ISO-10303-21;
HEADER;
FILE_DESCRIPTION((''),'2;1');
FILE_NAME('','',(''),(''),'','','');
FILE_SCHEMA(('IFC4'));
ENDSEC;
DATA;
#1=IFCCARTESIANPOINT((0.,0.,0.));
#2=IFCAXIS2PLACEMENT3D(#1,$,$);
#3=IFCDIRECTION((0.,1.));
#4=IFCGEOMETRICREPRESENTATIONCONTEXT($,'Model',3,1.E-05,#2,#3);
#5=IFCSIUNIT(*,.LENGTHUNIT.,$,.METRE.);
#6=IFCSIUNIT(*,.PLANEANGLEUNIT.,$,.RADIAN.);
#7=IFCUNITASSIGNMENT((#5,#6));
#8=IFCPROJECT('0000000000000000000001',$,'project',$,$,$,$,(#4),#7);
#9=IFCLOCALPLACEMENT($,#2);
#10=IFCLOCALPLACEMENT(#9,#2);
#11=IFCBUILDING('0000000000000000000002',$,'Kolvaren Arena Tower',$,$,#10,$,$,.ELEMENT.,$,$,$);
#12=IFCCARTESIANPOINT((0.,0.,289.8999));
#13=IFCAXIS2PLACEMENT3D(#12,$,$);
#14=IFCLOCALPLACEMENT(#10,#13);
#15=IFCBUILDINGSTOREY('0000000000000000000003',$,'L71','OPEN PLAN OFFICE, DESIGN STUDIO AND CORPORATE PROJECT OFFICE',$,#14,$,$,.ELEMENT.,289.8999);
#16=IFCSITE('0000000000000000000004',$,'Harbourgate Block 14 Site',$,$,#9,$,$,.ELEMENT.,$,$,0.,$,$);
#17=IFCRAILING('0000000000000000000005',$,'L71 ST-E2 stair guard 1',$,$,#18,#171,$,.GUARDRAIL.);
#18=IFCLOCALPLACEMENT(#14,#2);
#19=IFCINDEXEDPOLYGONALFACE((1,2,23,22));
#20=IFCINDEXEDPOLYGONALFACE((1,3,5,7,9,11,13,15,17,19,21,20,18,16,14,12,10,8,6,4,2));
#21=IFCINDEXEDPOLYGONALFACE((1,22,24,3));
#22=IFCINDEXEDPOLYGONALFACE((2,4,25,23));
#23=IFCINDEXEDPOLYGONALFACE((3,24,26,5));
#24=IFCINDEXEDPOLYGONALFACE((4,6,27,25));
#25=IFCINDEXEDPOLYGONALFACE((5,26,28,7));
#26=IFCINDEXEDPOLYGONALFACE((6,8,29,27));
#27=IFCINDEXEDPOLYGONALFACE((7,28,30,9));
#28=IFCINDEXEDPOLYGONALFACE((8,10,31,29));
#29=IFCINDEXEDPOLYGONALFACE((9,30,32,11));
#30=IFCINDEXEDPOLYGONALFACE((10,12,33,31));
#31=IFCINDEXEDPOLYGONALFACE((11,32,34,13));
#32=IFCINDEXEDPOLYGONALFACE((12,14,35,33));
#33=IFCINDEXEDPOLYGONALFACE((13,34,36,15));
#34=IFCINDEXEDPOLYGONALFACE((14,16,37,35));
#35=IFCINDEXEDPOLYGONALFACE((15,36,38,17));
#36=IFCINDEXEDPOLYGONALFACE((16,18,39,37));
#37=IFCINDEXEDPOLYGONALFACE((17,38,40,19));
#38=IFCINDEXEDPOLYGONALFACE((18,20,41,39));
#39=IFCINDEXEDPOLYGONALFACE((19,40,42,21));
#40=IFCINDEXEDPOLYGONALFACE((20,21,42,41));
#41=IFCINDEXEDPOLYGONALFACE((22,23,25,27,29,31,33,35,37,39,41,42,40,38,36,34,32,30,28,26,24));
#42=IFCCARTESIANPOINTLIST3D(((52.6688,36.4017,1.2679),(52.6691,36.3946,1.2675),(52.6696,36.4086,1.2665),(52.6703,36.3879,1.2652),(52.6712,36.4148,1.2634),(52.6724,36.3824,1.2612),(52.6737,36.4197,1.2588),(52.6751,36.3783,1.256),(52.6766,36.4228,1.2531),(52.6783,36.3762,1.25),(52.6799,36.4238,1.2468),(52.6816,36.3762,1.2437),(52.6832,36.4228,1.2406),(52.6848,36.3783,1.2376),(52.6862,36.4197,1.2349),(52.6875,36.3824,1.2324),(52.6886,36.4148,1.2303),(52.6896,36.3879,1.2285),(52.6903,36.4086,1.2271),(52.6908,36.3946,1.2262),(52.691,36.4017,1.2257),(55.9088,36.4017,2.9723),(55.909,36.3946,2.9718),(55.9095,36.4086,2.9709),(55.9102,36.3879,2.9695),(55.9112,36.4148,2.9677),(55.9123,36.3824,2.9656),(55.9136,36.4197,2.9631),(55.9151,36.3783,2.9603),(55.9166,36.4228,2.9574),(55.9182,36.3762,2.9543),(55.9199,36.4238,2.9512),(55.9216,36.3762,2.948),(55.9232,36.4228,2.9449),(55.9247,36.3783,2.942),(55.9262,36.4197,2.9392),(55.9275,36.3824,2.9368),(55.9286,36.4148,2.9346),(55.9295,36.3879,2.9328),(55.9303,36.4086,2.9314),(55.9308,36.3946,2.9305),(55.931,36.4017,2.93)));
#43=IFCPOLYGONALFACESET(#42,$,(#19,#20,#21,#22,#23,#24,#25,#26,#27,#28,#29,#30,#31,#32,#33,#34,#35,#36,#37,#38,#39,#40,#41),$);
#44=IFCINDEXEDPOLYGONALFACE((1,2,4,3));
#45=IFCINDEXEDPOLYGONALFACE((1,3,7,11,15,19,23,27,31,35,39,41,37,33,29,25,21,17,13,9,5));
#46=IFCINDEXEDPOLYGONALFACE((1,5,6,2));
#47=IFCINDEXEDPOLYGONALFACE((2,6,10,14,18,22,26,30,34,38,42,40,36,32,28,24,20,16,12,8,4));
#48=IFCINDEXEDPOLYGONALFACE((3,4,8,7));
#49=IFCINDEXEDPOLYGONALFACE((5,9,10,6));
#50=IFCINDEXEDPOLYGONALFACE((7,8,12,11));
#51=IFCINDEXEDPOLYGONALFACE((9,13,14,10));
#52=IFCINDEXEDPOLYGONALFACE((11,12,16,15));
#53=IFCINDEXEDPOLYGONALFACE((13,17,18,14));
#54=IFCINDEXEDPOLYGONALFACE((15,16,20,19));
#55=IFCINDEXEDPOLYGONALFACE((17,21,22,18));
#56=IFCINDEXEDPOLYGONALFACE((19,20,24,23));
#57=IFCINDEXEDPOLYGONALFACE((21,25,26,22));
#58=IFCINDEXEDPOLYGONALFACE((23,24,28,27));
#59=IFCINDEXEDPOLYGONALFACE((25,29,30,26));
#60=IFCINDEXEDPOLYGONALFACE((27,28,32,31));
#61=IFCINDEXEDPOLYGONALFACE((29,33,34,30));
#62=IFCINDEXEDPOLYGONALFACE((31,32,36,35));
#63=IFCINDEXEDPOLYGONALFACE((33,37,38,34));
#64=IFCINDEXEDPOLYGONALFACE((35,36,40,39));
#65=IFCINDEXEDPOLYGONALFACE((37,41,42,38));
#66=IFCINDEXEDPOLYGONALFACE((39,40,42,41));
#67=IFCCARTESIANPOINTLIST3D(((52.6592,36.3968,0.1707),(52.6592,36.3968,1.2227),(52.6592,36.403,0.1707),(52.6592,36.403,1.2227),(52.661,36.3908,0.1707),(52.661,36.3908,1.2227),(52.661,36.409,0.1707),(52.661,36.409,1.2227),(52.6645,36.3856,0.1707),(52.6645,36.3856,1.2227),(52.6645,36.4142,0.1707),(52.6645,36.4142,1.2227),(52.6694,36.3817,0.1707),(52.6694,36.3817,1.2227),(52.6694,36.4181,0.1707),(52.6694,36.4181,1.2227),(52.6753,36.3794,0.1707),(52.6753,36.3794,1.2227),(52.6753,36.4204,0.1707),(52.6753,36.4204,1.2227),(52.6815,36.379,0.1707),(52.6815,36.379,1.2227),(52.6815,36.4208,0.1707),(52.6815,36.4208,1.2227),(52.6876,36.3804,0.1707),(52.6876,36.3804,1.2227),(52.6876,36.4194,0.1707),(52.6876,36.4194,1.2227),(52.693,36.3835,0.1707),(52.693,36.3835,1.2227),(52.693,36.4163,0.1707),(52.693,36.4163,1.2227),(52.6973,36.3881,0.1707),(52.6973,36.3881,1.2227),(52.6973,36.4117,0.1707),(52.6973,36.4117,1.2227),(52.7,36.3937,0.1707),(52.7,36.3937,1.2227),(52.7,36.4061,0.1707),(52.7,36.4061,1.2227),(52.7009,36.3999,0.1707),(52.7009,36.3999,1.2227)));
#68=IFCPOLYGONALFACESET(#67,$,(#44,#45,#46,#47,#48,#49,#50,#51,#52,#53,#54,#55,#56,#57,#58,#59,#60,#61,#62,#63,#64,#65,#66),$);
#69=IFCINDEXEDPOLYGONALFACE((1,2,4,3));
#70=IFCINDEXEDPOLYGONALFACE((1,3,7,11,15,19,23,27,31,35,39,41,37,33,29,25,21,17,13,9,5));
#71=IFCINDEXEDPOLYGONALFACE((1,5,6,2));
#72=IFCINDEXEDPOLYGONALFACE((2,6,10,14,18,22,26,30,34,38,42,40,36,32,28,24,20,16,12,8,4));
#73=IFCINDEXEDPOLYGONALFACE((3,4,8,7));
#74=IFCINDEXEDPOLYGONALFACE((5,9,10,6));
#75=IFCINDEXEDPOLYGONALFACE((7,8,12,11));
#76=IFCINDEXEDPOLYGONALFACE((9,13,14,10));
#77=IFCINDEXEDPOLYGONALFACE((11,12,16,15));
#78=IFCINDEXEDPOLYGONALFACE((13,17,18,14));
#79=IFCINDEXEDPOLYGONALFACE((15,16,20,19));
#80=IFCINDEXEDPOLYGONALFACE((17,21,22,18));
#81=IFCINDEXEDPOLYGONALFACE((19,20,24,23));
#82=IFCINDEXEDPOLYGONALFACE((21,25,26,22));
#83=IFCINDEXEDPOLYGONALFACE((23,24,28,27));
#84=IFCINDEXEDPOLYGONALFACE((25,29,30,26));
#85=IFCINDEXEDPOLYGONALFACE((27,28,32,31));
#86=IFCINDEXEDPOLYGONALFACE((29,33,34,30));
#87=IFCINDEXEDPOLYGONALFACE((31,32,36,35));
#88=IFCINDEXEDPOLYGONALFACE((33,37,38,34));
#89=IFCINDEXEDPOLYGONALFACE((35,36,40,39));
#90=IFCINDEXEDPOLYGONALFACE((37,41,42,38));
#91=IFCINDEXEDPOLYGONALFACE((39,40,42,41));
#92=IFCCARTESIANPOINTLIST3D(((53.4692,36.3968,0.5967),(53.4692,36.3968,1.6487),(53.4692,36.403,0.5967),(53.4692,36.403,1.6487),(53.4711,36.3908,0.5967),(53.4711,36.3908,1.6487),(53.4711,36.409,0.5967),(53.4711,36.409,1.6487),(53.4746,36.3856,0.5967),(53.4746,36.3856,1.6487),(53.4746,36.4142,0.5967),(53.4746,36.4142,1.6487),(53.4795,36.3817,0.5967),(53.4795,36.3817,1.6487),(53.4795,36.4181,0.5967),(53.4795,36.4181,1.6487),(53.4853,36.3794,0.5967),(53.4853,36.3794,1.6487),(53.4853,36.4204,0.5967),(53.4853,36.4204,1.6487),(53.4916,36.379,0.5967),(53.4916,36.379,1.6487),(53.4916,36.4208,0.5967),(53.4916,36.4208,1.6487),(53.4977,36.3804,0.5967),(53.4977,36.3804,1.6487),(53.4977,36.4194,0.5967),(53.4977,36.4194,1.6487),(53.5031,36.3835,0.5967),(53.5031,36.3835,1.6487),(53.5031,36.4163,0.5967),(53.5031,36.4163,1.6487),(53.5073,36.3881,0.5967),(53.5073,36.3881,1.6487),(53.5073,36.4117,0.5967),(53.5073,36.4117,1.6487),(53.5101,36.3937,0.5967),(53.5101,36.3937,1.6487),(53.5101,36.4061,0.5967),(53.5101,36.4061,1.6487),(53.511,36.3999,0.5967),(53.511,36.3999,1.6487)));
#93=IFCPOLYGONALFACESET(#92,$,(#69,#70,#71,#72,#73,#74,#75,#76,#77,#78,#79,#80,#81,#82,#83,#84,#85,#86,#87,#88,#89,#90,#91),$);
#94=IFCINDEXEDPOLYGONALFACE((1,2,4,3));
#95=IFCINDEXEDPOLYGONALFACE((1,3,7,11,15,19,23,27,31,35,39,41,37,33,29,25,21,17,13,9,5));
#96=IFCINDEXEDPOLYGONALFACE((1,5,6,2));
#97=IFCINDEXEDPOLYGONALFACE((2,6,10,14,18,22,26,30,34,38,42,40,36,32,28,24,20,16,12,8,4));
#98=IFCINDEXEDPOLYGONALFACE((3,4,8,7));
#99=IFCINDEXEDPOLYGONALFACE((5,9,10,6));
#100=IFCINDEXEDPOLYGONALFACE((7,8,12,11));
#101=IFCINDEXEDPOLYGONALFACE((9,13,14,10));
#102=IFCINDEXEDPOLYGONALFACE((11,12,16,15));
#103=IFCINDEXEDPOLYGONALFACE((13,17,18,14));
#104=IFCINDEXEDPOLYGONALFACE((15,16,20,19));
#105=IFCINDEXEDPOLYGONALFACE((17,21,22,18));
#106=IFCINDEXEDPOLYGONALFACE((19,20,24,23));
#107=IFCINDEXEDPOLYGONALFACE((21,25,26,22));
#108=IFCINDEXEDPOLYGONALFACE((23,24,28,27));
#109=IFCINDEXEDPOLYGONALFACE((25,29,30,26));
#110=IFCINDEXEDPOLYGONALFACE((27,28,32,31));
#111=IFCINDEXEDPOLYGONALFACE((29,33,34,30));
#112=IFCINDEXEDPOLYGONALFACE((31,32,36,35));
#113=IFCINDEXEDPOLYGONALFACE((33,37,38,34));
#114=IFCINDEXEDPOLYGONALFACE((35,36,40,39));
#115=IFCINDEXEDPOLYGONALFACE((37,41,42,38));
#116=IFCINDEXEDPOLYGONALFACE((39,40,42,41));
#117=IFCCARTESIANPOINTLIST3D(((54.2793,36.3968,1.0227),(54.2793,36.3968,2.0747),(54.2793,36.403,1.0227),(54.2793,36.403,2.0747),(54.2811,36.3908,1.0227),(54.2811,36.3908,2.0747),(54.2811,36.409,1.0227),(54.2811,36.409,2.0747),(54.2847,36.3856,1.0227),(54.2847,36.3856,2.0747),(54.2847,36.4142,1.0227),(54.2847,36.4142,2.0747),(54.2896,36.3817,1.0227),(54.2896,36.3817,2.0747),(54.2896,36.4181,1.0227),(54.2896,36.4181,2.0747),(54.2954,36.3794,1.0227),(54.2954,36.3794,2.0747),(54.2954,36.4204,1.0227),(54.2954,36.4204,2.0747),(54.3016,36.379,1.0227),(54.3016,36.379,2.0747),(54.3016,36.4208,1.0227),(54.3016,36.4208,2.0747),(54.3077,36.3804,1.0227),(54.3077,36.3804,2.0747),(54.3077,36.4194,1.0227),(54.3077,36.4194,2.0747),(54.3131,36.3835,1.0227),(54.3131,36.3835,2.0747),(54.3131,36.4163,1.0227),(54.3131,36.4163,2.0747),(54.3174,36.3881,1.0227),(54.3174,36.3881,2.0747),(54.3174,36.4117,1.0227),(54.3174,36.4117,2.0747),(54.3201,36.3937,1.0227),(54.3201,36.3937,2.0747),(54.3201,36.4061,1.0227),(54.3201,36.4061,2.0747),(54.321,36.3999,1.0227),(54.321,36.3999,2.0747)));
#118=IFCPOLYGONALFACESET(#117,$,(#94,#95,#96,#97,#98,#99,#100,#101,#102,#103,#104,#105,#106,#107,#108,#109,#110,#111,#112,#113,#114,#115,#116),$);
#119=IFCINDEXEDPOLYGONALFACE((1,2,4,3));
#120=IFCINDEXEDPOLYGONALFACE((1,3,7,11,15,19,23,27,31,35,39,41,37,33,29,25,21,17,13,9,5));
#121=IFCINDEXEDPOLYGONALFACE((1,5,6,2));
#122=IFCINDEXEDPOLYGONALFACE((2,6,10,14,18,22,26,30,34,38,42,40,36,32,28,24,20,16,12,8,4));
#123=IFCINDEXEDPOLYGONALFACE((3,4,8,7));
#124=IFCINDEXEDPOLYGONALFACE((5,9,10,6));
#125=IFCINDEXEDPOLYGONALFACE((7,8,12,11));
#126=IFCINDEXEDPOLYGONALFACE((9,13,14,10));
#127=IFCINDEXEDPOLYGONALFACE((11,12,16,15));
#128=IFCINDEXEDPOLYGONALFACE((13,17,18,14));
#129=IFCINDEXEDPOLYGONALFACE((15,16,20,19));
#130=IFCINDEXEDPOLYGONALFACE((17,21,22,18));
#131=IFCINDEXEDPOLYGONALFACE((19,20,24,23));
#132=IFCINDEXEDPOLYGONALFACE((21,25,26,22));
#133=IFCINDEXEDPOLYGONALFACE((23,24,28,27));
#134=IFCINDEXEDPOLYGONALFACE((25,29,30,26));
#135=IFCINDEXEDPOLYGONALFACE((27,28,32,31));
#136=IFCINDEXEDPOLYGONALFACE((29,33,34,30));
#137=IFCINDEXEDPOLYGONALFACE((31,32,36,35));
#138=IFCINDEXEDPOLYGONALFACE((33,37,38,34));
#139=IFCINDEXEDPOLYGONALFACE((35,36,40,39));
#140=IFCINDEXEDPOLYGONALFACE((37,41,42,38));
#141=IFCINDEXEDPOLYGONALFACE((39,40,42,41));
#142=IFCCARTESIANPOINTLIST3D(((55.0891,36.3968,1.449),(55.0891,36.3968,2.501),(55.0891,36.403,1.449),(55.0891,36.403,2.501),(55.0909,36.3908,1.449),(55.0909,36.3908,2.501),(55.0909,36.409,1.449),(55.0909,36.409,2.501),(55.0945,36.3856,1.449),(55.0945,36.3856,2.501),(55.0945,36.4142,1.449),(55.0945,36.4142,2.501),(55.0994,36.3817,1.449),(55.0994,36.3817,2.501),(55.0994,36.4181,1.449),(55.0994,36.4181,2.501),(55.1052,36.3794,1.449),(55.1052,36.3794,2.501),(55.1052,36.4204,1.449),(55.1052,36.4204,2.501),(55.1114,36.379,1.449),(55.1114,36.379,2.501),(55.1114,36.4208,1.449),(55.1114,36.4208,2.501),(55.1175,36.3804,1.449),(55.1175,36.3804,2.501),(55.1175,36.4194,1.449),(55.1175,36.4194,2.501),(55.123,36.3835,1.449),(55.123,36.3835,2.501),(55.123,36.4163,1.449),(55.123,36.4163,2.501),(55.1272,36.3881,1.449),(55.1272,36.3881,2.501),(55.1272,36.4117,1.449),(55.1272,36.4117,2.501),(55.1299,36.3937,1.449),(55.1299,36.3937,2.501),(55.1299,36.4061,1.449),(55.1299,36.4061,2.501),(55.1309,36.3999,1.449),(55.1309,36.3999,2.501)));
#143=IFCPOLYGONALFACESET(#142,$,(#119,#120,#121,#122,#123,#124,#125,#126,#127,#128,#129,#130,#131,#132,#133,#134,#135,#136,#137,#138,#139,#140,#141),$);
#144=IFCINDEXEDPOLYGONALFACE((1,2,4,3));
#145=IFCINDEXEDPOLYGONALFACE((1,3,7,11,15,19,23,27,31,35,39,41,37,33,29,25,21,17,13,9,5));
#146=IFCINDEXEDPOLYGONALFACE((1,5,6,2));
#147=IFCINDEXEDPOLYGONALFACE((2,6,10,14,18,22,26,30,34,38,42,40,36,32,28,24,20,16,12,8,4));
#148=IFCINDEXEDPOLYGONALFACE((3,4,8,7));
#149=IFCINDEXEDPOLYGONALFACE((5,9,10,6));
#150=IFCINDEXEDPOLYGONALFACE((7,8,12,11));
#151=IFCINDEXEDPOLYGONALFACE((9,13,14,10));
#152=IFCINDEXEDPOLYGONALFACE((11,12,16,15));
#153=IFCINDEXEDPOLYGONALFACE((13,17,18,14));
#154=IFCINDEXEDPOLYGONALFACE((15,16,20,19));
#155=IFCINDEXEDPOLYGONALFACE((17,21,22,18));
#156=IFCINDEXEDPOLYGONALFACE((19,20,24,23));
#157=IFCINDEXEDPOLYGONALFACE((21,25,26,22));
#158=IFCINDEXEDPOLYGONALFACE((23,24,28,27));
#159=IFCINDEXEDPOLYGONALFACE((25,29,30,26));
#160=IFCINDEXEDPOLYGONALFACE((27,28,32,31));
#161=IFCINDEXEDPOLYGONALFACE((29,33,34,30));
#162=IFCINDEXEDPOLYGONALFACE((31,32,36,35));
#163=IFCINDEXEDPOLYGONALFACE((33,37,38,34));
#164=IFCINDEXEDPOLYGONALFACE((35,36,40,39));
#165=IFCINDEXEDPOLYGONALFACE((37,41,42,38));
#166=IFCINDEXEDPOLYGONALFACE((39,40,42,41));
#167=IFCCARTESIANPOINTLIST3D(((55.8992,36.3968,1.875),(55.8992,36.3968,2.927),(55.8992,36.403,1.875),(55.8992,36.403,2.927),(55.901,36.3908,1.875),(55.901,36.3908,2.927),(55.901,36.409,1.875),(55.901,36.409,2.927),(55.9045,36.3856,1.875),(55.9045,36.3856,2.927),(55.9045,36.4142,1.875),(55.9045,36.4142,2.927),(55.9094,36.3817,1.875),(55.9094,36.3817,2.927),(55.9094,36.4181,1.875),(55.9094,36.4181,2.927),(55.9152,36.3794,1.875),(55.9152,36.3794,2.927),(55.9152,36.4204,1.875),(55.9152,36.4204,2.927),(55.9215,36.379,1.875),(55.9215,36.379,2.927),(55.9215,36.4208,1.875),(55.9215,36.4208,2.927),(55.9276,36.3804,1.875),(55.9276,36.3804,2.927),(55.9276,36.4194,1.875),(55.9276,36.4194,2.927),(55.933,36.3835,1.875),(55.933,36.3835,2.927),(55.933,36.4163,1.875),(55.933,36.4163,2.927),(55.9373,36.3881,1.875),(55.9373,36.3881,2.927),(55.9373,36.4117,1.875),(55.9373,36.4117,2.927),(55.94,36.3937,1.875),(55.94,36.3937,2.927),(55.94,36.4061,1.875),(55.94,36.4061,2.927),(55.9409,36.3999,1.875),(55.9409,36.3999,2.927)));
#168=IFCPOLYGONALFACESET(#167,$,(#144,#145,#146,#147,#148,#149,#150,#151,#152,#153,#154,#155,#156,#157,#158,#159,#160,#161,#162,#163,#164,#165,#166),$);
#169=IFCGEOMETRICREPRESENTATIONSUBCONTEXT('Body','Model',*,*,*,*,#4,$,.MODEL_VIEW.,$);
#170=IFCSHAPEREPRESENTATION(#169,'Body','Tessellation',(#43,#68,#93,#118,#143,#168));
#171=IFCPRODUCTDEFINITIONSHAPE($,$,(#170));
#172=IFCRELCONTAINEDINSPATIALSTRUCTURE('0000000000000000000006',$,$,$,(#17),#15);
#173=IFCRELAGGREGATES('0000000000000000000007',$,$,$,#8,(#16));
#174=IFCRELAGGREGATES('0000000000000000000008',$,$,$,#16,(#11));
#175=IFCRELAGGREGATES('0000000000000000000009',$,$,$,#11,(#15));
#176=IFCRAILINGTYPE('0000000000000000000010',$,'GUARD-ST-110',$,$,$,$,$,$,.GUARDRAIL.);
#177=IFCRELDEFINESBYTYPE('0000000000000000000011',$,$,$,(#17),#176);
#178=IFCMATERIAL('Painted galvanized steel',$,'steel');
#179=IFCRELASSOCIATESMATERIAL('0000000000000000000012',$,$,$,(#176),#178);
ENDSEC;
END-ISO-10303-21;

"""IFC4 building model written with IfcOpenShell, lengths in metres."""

from ifc_helpers import new_model, si_unit, direction, frame, origin, origin_2d, place, context, subcontext, project, spatial, circle, extrude, material, type_object, element, save


model = new_model("IFC4")

# Units and contexts
model_context = context("Model", 3, precision=1e-05, world=origin(), true_north=direction((0.0, 1.0)))
body_context = subcontext(model_context, "Body", "Model", "MODEL_VIEW")
ifc_project = project(units=[si_unit("LENGTHUNIT", "METRE"), si_unit("PLANEANGLEUNIT", "RADIAN")], contexts=[model_context])

# Site, building, storey
site_placement = place(None, origin())
site = spatial("IfcSite", under=ifc_project, at=site_placement, Name="Harbourgate Block 14 Site", CompositionType="ELEMENT", RefElevation=0.0)
building_placement = place(site_placement, origin())
building = spatial("IfcBuilding", under=site, at=building_placement, Name="Kolvaren Arena Tower", CompositionType="ELEMENT")
storey_placement = place(building_placement, frame((0.0, 0.0, 289.8999)))
storey = spatial("IfcBuildingStorey", under=building, at=storey_placement, Name="L71", Description="OPEN PLAN OFFICE, DESIGN STUDIO AND CORPORATE PROJECT OFFICE", CompositionType="ELEMENT", Elevation=289.8999)

# Railing
ifc_material_1 = material(Name="Painted galvanized steel", Category="steel")
railing_type_1 = type_object("IfcRailingType", Name="GUARD-ST-110", PredefinedType="GUARDRAIL", material=ifc_material_1)
railing_1_placement = place(storey_placement, frame((52.6799, 36.3999, 0.1707)))
element("IfcRailing", 1, at=railing_1_placement, inside=storey, type_object=railing_type_1, Name="L71 ST-E2 stair guard 1", PredefinedType="GUARDRAIL", context=body_context, shape_type="SweptSolid", body=[
    extrude(circle(Radius=0.0239, at=origin_2d()), frame((0.0, 0.0, 1.0762), z_axis=(0.885021, 0.0, 0.465551), x_axis=(0.0, 1.0, 0.0)), (0.0, 0.0, 1.0), 3.6609),
    extrude(circle(Radius=0.021, at=origin_2d()), origin(), (0.0, 0.0, 1.0), 1.052),
    extrude(circle(Radius=0.021, at=origin_2d()), frame((0.8101, 0.0, 0.426)), (0.0, 0.0, 1.0), 1.052),
    extrude(circle(Radius=0.021, at=origin_2d()), frame((1.6201, 0.0, 0.8521)), (0.0, 0.0, 1.0), 1.052),
    extrude(circle(Radius=0.021, at=origin_2d()), frame((2.4299, 0.0, 1.2783)), (0.0, 0.0, 1.0), 1.052),
    extrude(circle(Radius=0.021, at=origin_2d()), frame((3.24, 0.0, 1.7043)), (0.0, 0.0, 1.0), 1.052),
])

save(model, "model.ifc")
